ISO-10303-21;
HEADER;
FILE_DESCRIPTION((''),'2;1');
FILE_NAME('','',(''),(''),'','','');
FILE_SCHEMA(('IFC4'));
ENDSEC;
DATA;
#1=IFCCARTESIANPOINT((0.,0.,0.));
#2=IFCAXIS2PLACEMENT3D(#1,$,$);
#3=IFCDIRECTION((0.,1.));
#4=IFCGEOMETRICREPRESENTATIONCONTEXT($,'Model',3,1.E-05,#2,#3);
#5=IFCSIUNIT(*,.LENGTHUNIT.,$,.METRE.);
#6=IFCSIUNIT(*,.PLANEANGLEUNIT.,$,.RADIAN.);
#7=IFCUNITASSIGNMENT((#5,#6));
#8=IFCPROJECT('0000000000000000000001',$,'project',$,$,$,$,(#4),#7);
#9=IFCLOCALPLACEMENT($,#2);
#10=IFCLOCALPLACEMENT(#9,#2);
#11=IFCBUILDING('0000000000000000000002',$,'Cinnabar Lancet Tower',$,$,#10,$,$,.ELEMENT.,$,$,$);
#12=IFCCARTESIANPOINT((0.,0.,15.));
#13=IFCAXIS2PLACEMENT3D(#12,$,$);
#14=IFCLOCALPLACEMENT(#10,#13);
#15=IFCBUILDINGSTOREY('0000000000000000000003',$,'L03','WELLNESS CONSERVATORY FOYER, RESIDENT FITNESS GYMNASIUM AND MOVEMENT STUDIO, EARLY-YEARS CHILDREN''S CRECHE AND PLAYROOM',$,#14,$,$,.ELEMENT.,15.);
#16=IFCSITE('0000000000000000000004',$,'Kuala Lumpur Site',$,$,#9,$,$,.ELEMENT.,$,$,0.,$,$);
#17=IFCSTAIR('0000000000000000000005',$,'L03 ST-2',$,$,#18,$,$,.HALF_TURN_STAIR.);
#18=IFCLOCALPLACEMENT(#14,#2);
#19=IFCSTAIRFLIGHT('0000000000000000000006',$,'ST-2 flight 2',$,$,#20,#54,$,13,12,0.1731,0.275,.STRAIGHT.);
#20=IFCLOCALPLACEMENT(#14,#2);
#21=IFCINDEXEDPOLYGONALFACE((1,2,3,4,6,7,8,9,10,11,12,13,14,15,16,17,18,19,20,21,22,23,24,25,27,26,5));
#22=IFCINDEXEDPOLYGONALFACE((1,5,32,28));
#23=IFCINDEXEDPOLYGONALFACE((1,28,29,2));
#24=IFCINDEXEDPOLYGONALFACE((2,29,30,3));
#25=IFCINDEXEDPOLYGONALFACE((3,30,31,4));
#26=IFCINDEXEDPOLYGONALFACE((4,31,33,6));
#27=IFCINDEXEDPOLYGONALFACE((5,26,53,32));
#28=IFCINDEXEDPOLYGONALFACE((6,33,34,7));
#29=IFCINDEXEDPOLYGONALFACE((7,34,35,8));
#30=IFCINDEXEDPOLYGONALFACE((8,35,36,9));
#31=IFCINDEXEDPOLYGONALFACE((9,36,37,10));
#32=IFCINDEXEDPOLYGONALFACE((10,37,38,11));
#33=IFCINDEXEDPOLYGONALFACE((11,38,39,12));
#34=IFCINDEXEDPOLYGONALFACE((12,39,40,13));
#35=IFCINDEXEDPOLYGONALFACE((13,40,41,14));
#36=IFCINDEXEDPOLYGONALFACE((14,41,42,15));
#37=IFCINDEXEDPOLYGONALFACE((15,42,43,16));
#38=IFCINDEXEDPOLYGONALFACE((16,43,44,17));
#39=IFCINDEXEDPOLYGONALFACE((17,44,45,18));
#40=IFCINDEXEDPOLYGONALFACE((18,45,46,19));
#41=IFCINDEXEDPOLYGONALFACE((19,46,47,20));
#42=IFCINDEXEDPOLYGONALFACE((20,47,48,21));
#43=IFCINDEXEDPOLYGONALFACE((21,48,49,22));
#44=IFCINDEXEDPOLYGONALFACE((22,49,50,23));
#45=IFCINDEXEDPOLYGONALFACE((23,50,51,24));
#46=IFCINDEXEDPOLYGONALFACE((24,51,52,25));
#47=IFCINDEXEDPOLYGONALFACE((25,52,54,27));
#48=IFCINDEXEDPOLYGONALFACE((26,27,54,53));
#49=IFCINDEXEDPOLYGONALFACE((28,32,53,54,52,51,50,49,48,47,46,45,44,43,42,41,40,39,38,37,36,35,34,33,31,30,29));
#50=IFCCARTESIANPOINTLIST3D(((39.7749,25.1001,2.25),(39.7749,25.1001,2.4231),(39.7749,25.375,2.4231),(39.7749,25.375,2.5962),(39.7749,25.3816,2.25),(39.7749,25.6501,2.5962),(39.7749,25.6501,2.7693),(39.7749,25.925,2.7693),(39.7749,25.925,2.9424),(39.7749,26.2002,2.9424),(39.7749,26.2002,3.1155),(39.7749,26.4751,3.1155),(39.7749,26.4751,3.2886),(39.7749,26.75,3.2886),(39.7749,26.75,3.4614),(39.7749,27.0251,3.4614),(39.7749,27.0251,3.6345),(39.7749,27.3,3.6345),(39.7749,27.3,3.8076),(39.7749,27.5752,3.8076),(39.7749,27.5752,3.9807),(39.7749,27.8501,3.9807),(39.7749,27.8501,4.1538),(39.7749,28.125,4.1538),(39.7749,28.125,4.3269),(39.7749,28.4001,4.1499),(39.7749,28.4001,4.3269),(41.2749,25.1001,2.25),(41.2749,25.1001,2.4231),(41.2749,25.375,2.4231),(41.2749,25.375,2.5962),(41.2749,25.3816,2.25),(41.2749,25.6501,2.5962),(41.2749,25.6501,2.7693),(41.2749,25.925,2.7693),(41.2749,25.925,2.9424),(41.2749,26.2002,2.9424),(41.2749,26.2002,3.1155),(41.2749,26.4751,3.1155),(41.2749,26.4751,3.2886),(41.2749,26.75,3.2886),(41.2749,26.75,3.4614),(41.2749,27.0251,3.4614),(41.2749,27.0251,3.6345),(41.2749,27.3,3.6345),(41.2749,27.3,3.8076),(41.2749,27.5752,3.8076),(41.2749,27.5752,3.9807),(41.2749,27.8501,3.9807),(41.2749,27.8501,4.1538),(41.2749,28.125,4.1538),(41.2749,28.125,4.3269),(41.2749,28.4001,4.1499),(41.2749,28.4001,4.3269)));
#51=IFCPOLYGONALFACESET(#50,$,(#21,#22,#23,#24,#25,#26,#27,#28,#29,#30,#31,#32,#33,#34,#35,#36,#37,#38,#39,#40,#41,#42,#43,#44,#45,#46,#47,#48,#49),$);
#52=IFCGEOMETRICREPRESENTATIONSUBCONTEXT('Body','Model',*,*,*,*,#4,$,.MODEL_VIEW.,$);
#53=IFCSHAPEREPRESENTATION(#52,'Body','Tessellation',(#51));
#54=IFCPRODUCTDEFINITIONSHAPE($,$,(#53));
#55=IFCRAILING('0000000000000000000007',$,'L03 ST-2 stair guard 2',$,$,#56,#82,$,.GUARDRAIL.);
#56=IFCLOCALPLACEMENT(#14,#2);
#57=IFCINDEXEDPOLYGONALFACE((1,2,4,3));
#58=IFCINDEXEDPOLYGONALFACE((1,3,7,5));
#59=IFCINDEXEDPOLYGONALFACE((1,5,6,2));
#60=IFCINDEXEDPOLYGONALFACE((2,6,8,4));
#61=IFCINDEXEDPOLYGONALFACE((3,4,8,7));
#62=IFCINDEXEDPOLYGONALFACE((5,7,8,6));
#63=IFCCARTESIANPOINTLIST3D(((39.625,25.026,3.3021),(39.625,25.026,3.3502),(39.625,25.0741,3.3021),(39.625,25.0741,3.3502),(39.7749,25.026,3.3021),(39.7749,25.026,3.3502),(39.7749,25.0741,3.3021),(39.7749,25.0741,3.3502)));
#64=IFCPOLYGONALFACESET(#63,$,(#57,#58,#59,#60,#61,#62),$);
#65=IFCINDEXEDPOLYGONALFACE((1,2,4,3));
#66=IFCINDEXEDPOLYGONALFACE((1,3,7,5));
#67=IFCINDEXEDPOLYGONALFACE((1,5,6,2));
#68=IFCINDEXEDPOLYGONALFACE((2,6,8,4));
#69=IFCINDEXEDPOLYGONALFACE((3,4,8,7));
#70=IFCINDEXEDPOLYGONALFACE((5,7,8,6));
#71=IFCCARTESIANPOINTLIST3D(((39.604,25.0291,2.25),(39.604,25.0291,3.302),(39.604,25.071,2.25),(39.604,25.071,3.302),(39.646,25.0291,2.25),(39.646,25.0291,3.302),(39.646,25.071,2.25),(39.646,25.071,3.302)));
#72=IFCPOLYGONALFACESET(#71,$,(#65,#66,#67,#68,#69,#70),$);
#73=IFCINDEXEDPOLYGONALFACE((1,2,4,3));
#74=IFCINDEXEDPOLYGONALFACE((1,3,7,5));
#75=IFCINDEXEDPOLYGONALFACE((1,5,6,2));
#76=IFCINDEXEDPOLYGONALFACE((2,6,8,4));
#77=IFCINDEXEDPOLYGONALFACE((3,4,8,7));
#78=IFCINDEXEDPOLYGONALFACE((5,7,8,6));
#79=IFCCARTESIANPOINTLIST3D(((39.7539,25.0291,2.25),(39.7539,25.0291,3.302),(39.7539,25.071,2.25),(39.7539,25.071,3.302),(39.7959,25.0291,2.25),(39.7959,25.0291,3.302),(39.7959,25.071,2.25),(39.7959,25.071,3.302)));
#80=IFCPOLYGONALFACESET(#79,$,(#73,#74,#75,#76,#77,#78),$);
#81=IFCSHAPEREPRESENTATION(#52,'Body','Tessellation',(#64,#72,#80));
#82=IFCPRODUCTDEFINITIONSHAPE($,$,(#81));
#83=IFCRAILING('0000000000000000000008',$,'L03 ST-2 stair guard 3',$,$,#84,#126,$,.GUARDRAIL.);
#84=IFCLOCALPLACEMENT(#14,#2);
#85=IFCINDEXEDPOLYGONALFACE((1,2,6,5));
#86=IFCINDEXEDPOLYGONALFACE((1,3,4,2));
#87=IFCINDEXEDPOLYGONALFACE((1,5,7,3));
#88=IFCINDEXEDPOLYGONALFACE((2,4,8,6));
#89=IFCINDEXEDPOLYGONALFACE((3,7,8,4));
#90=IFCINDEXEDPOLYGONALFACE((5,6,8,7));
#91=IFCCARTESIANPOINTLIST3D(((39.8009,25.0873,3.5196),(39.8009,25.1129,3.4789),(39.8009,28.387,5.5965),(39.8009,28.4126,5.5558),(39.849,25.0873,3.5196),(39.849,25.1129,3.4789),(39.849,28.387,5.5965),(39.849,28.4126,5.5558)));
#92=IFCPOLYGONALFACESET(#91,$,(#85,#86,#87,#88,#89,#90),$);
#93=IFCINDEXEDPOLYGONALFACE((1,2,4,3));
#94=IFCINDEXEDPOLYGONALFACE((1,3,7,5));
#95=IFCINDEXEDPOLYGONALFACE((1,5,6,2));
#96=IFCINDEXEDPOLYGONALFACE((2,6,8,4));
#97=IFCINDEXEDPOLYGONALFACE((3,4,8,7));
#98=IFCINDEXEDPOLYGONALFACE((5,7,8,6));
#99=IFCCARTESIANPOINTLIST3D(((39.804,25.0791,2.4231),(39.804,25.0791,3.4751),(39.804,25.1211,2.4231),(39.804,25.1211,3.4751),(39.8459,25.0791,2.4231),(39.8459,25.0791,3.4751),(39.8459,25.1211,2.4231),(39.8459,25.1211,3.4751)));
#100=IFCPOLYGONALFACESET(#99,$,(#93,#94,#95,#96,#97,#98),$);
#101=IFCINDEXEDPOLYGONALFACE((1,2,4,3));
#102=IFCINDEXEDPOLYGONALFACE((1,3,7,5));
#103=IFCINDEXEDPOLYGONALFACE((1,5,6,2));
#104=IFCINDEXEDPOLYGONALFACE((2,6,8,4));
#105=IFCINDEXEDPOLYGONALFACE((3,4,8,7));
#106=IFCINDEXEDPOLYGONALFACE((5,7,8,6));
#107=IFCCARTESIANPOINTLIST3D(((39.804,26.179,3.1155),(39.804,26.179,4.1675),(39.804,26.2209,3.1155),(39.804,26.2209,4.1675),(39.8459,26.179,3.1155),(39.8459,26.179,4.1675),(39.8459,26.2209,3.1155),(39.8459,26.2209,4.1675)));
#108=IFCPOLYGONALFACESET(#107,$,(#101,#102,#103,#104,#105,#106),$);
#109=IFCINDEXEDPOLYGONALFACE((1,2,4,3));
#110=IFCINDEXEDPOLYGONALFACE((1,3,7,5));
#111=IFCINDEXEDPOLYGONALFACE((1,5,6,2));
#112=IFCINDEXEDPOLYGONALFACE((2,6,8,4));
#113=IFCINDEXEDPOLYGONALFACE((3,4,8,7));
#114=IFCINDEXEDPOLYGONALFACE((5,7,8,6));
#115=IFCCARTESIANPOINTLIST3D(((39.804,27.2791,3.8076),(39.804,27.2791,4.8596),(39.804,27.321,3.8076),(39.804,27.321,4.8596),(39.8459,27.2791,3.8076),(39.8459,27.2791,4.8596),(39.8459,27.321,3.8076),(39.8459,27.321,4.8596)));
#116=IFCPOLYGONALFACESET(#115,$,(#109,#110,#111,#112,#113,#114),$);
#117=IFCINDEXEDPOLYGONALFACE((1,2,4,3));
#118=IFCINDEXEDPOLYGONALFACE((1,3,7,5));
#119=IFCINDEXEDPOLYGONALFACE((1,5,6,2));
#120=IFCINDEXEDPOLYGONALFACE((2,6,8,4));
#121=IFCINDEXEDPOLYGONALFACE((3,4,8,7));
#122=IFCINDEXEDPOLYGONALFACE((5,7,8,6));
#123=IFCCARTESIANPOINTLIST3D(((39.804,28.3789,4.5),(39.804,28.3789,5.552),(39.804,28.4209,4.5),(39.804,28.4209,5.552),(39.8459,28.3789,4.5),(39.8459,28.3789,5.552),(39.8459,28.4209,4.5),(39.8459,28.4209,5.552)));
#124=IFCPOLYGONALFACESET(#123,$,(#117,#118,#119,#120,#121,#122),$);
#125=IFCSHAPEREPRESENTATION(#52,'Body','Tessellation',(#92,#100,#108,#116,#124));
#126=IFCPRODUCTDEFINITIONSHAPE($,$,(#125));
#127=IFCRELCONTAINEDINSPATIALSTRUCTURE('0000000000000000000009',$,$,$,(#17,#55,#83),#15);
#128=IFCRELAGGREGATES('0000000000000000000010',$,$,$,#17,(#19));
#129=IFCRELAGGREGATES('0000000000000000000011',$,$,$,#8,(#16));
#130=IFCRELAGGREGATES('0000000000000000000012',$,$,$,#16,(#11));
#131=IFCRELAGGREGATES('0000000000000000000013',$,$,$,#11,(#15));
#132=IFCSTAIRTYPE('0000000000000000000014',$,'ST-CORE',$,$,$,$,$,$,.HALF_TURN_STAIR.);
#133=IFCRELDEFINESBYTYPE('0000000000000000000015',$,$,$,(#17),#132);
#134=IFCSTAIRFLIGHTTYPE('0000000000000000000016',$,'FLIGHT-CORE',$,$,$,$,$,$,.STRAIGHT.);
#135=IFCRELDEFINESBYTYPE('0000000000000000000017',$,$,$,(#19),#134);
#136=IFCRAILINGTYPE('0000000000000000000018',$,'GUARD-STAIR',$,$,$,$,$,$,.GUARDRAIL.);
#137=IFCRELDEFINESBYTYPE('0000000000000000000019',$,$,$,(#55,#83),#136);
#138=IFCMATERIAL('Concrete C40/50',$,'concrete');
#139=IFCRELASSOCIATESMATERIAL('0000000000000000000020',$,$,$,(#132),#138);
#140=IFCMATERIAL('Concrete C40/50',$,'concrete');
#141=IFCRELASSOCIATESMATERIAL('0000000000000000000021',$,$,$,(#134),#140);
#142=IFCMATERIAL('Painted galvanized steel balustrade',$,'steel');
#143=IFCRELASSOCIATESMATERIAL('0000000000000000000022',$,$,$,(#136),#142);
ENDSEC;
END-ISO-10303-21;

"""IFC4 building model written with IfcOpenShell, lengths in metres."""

from ifc_helpers import new_model, si_unit, direction, frame, origin, origin_2d, place, context, subcontext, project, spatial, polyline, rectangle, outline, extrude, material, type_object, element, aggregate, save


model = new_model("IFC4")

# Units and contexts
model_context = context("Model", 3, precision=1e-05, world=origin(), true_north=direction((0.0, 1.0)))
body_context = subcontext(model_context, "Body", "Model", "MODEL_VIEW")
ifc_project = project(units=[si_unit("LENGTHUNIT", "METRE"), si_unit("PLANEANGLEUNIT", "RADIAN")], contexts=[model_context])

# Site, building, storey
site_placement = place(None, origin())
site = spatial("IfcSite", under=ifc_project, at=site_placement, Name="Kuala Lumpur Site", CompositionType="ELEMENT", RefElevation=0.0)
building_placement = place(site_placement, origin())
building = spatial("IfcBuilding", under=site, at=building_placement, Name="Cinnabar Lancet Tower", CompositionType="ELEMENT")
storey_placement = place(building_placement, frame((0.0, 0.0, 15.0)))
storey = spatial("IfcBuildingStorey", under=building, at=storey_placement, Name="L03", Description="WELLNESS CONSERVATORY FOYER, RESIDENT FITNESS GYMNASIUM AND MOVEMENT STUDIO, EARLY-YEARS CHILDREN'S CRECHE AND PLAYROOM", CompositionType="ELEMENT", Elevation=15.0)

# Stair, stair flight
ifc_material_1 = material(Name="Concrete C40/50", Category="concrete")
stair_type = type_object("IfcStairType", Name="ST-CORE", PredefinedType="HALF_TURN_STAIR", material=ifc_material_1)
stair_placement = place(storey_placement, origin())
stair = element("IfcStair", 1, at=stair_placement, inside=storey, type_object=stair_type, Name="L03 ST-2", PredefinedType="HALF_TURN_STAIR")
ifc_material_2 = material(Name="Concrete C40/50", Category="concrete")
stair_flight_type = type_object("IfcStairFlightType", Name="FLIGHT-CORE", PredefinedType="STRAIGHT", material=ifc_material_2)
stair_flight_placement = place(storey_placement, frame((40.5249, 25.1001, 2.25), z_axis=(0.0, 0.0, 1.0), x_axis=(0.0, 1.0, 0.0)))
stair_flight = element("IfcStairFlight", 2, at=stair_flight_placement, type_object=stair_flight_type, Name="ST-2 flight 2", NumberOfRisers=13, NumberOfTreads=12, PredefinedType="STRAIGHT", RiserHeight=0.1731, TreadLength=0.275, context=body_context, shape_type="SweptSolid", body=[
    extrude(outline(polyline([(0.0, 0.0), (0.0, 0.1731), (0.2749, 0.1731), (0.2749, 0.3462), (0.55, 0.3462), (0.55, 0.5193), (0.825, 0.5193), (0.825, 0.6924), (1.1001, 0.6924), (1.1001, 0.8655), (1.375, 0.8655), (1.375, 1.0386), (1.6499, 1.0386), (1.6499, 1.2114), (1.925, 1.2114), (1.925, 1.3845), (2.2, 1.3845), (2.2, 1.5576), (2.4751, 1.5576), (2.4751, 1.7307), (2.75, 1.7307), (2.75, 1.9038), (3.0249, 1.9038), (3.0249, 2.0769), (3.3, 2.0769), (3.3, 2.25), (3.3, 1.8999), (0.2815, 0.0), (0.0, 0.0)])), frame((0.0, 0.75, 0.0), z_axis=(0.0, -1.0, 0.0), x_axis=(1.0, 0.0, 0.0)), (0.0, 0.0, 1.0), 1.5),
])
aggregate(stair, [stair_flight])

# Railings
ifc_material_3 = material(Name="Painted galvanized steel balustrade", Category="steel")
railing_type = type_object("IfcRailingType", Name="GUARD-STAIR", PredefinedType="GUARDRAIL", material=ifc_material_3)
railing_1_placement = place(storey_placement, frame((39.625, 25.05, 2.25)))
element("IfcRailing", 3, at=railing_1_placement, inside=storey, type_object=railing_type, Name="L03 ST-2 stair guard 2", PredefinedType="GUARDRAIL", context=body_context, shape_type="SweptSolid", body=[
    extrude(rectangle(XDim=0.0481, YDim=0.0481, at=origin_2d()), frame((0.0, 0.0, 1.0762), z_axis=(1.0, 0.0, 0.0), x_axis=(0.0, 1.0, 0.0)), (0.0, 0.0, 1.0), 0.1499),
    extrude(rectangle(XDim=0.042, YDim=0.042, at=origin_2d()), origin(), (0.0, 0.0, 1.0), 1.052),
    extrude(rectangle(XDim=0.042, YDim=0.042, at=origin_2d()), frame((0.1499, 0.0, 0.0)), (0.0, 0.0, 1.0), 1.052),
])
railing_2_placement = place(storey_placement, frame((39.825, 25.1001, 2.4231)))
element("IfcRailing", 4, at=railing_2_placement, inside=storey, type_object=railing_type, Name="L03 ST-2 stair guard 3", PredefinedType="GUARDRAIL", context=body_context, shape_type="SweptSolid", body=[
    extrude(rectangle(XDim=0.0481, YDim=0.0481, at=origin_2d()), frame((0.0, 0.0, 1.0762), z_axis=(0.0, 0.84632, 0.532675), x_axis=(-1.0, 0.0, 0.0)), (0.0, 0.0, 1.0), 3.8989),
    extrude(rectangle(XDim=0.042, YDim=0.042, at=origin_2d()), origin(), (0.0, 0.0, 1.0), 1.052),
    extrude(rectangle(XDim=0.042, YDim=0.042, at=origin_2d()), frame((0.0, 1.0999, 0.6924)), (0.0, 0.0, 1.0), 1.052),
    extrude(rectangle(XDim=0.042, YDim=0.042, at=origin_2d()), frame((0.0, 2.2, 1.3845)), (0.0, 0.0, 1.0), 1.052),
    extrude(rectangle(XDim=0.042, YDim=0.042, at=origin_2d()), frame((0.0, 3.2998, 2.0769)), (0.0, 0.0, 1.0), 1.052),
])

save(model, "model.ifc")
